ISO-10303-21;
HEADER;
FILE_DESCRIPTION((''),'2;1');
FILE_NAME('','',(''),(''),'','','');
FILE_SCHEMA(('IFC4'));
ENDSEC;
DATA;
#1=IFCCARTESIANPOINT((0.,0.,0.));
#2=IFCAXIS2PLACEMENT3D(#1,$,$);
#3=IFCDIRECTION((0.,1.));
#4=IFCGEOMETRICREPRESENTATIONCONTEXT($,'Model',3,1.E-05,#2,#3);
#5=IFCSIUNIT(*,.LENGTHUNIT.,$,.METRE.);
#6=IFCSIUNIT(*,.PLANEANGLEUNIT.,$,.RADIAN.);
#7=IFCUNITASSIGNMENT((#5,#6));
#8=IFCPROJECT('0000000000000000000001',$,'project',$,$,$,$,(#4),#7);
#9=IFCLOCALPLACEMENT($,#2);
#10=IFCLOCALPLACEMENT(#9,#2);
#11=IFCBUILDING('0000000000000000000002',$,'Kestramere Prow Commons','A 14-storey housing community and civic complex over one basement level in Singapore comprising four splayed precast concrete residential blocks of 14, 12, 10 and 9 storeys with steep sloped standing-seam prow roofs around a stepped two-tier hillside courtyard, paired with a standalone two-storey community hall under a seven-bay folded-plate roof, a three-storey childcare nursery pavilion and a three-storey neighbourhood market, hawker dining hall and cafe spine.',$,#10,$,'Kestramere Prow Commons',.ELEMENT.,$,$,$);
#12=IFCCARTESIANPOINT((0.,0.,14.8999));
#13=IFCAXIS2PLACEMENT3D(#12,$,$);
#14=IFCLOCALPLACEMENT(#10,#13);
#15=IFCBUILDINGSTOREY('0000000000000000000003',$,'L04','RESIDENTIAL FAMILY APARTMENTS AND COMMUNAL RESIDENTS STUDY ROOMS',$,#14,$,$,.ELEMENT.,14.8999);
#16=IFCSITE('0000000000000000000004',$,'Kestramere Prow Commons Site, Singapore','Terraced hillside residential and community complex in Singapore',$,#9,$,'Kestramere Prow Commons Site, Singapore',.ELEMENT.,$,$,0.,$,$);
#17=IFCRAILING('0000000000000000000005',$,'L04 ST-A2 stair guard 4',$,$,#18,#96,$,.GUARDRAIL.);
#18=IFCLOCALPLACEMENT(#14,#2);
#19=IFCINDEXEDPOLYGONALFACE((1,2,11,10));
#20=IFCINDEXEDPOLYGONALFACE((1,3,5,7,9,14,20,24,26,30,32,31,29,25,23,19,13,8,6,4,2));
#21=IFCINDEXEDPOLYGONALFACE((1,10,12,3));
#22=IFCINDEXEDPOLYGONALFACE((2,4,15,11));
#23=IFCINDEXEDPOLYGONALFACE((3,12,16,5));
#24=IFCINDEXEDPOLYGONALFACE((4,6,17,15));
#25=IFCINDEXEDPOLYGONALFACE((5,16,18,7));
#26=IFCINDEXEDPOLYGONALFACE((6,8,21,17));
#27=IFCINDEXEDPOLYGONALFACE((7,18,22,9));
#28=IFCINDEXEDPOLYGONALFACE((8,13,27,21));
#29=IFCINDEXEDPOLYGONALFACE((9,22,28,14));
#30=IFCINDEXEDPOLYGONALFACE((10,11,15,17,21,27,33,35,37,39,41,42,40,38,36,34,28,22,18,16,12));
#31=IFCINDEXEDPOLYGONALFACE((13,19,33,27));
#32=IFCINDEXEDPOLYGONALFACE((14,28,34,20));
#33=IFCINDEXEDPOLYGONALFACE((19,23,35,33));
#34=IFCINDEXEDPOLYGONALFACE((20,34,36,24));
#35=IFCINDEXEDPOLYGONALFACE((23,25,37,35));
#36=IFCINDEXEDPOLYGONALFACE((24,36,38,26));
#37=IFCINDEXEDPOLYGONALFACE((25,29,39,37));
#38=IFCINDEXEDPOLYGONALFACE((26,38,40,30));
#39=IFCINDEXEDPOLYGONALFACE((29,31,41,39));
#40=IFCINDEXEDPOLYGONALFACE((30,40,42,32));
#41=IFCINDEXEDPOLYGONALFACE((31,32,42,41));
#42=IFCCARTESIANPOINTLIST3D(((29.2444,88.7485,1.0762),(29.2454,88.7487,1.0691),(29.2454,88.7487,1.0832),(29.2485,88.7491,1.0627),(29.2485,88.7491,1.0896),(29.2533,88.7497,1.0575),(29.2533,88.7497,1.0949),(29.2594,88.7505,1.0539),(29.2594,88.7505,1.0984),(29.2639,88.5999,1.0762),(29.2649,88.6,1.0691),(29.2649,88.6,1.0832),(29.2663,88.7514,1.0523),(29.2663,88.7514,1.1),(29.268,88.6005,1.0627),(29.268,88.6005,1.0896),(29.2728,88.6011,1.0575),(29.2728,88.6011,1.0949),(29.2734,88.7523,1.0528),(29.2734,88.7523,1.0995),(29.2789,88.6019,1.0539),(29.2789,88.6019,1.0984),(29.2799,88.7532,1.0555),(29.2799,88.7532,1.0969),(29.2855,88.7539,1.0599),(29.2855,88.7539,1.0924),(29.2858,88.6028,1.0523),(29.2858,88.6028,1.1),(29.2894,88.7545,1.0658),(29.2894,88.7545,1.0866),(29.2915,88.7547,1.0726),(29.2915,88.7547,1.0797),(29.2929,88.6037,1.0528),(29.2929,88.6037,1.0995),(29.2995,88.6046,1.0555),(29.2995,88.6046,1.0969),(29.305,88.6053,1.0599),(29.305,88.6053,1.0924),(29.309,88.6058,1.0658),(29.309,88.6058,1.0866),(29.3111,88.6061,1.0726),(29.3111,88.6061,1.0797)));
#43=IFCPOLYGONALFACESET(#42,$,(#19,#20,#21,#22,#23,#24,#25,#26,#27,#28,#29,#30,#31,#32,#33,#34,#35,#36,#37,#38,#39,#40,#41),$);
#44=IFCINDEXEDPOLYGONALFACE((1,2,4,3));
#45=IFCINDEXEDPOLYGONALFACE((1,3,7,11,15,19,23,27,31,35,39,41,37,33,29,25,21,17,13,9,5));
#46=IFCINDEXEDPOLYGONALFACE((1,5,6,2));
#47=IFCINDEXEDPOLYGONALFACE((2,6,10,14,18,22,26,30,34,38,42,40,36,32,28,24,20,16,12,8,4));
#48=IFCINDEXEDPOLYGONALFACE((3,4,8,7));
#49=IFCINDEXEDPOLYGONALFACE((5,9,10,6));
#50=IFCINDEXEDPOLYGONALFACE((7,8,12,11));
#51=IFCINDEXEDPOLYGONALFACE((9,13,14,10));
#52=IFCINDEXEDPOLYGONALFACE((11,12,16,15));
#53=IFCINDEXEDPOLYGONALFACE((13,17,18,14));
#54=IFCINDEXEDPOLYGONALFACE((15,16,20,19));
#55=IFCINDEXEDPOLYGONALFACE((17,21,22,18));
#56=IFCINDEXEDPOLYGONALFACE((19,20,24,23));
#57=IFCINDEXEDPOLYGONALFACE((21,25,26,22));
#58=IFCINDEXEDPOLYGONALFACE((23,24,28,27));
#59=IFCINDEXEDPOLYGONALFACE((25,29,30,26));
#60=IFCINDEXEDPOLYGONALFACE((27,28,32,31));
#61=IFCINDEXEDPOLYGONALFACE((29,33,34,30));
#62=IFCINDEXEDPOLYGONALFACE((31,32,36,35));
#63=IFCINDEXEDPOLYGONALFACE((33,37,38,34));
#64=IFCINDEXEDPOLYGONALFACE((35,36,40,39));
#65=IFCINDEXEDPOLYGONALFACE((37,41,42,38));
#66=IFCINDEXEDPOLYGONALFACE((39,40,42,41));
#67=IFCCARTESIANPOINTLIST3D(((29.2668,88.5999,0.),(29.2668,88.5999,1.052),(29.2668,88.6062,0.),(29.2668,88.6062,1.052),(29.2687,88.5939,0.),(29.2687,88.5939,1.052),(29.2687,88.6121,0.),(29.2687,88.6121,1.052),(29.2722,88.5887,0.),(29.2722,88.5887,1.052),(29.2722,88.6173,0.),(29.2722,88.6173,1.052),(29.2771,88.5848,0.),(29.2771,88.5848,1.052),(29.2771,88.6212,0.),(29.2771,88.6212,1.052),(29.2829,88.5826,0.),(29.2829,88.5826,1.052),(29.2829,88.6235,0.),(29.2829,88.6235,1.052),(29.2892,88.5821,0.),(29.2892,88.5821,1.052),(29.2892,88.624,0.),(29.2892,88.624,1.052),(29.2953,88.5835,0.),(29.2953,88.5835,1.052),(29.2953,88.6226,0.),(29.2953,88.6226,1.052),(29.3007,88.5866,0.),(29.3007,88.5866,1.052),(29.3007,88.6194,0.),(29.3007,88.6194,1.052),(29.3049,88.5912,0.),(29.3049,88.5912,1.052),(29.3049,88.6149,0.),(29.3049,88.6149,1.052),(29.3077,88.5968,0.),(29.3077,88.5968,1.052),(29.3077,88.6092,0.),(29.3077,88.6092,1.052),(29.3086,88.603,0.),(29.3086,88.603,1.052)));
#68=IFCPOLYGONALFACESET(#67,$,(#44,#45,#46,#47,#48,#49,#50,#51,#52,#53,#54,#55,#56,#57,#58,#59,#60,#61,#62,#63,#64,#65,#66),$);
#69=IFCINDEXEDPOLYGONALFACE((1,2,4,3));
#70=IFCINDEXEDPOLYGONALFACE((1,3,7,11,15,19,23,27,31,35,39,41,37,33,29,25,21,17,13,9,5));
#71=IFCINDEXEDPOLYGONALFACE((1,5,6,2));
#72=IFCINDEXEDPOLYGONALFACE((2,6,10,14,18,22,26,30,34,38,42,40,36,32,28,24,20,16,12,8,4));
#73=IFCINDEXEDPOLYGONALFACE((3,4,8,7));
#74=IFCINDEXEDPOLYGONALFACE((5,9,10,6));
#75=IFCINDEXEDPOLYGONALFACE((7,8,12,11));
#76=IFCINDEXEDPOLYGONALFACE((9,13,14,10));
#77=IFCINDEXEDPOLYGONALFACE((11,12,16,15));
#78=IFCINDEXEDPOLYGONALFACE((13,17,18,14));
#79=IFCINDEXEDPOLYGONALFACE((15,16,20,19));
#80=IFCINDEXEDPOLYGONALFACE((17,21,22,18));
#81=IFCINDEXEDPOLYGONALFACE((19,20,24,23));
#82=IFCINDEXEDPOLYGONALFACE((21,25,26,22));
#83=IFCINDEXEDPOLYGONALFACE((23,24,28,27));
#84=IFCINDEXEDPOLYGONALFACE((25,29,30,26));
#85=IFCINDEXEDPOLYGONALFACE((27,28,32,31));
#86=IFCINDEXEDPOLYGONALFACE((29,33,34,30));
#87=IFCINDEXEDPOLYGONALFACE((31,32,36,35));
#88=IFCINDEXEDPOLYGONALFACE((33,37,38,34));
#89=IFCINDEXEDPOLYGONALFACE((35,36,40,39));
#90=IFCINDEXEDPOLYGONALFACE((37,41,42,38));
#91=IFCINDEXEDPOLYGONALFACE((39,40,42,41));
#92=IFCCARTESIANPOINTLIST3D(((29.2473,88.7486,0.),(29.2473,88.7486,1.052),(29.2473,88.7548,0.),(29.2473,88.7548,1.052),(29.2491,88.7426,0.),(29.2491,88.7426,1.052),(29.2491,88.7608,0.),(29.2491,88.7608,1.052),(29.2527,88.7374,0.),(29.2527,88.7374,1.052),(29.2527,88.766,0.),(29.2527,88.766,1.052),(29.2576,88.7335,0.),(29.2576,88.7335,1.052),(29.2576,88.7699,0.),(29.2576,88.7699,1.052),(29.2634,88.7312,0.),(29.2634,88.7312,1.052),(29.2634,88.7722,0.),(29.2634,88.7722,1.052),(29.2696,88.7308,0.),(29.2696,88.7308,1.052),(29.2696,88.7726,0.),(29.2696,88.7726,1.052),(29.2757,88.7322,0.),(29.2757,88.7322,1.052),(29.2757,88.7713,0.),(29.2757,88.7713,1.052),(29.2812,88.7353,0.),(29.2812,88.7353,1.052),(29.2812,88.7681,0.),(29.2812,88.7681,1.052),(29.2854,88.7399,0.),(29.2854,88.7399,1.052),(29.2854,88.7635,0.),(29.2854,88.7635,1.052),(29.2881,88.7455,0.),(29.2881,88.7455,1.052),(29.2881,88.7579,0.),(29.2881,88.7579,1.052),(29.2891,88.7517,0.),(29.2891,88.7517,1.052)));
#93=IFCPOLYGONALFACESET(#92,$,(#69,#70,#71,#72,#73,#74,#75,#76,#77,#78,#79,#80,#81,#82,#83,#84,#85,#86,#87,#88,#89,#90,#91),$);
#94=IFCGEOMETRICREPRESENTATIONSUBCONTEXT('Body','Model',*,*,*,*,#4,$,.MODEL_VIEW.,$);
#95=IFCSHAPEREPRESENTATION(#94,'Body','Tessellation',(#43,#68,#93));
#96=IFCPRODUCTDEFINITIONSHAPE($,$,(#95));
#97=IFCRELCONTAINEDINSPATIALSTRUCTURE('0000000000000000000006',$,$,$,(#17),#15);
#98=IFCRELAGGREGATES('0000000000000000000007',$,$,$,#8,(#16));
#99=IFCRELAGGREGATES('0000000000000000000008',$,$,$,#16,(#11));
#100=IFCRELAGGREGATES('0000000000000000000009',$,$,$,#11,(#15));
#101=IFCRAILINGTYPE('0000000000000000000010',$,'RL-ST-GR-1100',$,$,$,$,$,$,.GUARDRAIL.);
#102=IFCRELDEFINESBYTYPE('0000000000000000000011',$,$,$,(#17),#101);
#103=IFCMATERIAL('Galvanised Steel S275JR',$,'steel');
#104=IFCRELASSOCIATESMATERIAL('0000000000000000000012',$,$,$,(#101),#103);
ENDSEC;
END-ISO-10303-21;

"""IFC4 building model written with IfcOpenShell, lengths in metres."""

from ifc_helpers import new_model, si_unit, direction, frame, origin, origin_2d, place, context, subcontext, project, spatial, circle, extrude, material, type_object, element, save


model = new_model("IFC4")

# Units and contexts
model_context = context("Model", 3, precision=1e-05, world=origin(), true_north=direction((0.0, 1.0)))
body_context = subcontext(model_context, "Body", "Model", "MODEL_VIEW")
ifc_project = project(units=[si_unit("LENGTHUNIT", "METRE"), si_unit("PLANEANGLEUNIT", "RADIAN")], contexts=[model_context])

# Site, building, storey
site_placement = place(None, origin())
site = spatial("IfcSite", under=ifc_project, at=site_placement, Name="Kestramere Prow Commons Site, Singapore", Description="Terraced hillside residential and community complex in Singapore", LongName="Kestramere Prow Commons Site, Singapore", CompositionType="ELEMENT", RefElevation=0.0)
building_placement = place(site_placement, origin())
building = spatial("IfcBuilding", under=site, at=building_placement, Name="Kestramere Prow Commons", Description="A 14-storey housing community and civic complex over one basement level in Singapore comprising four splayed precast concrete residential blocks of 14, 12, 10 and 9 storeys with steep sloped standing-seam prow roofs around a stepped two-tier hillside courtyard, paired with a standalone two-storey community hall under a seven-bay folded-plate roof, a three-storey childcare nursery pavilion and a three-storey neighbourhood market, hawker dining hall and cafe spine.", LongName="Kestramere Prow Commons", CompositionType="ELEMENT")
storey_placement = place(building_placement, frame((0.0, 0.0, 14.8999)))
storey = spatial("IfcBuildingStorey", under=building, at=storey_placement, Name="L04", Description="RESIDENTIAL FAMILY APARTMENTS AND COMMUNAL RESIDENTS STUDY ROOMS", CompositionType="ELEMENT", Elevation=14.8999)

# Railing
ifc_material_1 = material(Name="Galvanised Steel S275JR", Category="steel")
railing_type_1 = type_object("IfcRailingType", Name="RL-ST-GR-1100", PredefinedType="GUARDRAIL", material=ifc_material_1)
railing_1_placement = place(storey_placement, frame((29.2876, 88.603, 0.0)))
element("IfcRailing", 1, at=railing_1_placement, inside=storey, type_object=railing_type_1, Name="L04 ST-A2 stair guard 4", PredefinedType="GUARDRAIL", context=body_context, shape_type="SweptSolid", body=[
    extrude(circle(Radius=0.0239, at=origin_2d()), frame((0.0, 0.0, 1.0762), z_axis=(-0.130244, 0.991482, 0.0), x_axis=(-0.991482, -0.130244, 0.0)), (0.0, 0.0, 1.0), 0.1499),
    extrude(circle(Radius=0.021, at=origin_2d()), origin(), (0.0, 0.0, 1.0), 1.052),
    extrude(circle(Radius=0.021, at=origin_2d()), frame((-0.0195, 0.1487, 0.0)), (0.0, 0.0, 1.0), 1.052),
])

save(model, "model.ifc")
